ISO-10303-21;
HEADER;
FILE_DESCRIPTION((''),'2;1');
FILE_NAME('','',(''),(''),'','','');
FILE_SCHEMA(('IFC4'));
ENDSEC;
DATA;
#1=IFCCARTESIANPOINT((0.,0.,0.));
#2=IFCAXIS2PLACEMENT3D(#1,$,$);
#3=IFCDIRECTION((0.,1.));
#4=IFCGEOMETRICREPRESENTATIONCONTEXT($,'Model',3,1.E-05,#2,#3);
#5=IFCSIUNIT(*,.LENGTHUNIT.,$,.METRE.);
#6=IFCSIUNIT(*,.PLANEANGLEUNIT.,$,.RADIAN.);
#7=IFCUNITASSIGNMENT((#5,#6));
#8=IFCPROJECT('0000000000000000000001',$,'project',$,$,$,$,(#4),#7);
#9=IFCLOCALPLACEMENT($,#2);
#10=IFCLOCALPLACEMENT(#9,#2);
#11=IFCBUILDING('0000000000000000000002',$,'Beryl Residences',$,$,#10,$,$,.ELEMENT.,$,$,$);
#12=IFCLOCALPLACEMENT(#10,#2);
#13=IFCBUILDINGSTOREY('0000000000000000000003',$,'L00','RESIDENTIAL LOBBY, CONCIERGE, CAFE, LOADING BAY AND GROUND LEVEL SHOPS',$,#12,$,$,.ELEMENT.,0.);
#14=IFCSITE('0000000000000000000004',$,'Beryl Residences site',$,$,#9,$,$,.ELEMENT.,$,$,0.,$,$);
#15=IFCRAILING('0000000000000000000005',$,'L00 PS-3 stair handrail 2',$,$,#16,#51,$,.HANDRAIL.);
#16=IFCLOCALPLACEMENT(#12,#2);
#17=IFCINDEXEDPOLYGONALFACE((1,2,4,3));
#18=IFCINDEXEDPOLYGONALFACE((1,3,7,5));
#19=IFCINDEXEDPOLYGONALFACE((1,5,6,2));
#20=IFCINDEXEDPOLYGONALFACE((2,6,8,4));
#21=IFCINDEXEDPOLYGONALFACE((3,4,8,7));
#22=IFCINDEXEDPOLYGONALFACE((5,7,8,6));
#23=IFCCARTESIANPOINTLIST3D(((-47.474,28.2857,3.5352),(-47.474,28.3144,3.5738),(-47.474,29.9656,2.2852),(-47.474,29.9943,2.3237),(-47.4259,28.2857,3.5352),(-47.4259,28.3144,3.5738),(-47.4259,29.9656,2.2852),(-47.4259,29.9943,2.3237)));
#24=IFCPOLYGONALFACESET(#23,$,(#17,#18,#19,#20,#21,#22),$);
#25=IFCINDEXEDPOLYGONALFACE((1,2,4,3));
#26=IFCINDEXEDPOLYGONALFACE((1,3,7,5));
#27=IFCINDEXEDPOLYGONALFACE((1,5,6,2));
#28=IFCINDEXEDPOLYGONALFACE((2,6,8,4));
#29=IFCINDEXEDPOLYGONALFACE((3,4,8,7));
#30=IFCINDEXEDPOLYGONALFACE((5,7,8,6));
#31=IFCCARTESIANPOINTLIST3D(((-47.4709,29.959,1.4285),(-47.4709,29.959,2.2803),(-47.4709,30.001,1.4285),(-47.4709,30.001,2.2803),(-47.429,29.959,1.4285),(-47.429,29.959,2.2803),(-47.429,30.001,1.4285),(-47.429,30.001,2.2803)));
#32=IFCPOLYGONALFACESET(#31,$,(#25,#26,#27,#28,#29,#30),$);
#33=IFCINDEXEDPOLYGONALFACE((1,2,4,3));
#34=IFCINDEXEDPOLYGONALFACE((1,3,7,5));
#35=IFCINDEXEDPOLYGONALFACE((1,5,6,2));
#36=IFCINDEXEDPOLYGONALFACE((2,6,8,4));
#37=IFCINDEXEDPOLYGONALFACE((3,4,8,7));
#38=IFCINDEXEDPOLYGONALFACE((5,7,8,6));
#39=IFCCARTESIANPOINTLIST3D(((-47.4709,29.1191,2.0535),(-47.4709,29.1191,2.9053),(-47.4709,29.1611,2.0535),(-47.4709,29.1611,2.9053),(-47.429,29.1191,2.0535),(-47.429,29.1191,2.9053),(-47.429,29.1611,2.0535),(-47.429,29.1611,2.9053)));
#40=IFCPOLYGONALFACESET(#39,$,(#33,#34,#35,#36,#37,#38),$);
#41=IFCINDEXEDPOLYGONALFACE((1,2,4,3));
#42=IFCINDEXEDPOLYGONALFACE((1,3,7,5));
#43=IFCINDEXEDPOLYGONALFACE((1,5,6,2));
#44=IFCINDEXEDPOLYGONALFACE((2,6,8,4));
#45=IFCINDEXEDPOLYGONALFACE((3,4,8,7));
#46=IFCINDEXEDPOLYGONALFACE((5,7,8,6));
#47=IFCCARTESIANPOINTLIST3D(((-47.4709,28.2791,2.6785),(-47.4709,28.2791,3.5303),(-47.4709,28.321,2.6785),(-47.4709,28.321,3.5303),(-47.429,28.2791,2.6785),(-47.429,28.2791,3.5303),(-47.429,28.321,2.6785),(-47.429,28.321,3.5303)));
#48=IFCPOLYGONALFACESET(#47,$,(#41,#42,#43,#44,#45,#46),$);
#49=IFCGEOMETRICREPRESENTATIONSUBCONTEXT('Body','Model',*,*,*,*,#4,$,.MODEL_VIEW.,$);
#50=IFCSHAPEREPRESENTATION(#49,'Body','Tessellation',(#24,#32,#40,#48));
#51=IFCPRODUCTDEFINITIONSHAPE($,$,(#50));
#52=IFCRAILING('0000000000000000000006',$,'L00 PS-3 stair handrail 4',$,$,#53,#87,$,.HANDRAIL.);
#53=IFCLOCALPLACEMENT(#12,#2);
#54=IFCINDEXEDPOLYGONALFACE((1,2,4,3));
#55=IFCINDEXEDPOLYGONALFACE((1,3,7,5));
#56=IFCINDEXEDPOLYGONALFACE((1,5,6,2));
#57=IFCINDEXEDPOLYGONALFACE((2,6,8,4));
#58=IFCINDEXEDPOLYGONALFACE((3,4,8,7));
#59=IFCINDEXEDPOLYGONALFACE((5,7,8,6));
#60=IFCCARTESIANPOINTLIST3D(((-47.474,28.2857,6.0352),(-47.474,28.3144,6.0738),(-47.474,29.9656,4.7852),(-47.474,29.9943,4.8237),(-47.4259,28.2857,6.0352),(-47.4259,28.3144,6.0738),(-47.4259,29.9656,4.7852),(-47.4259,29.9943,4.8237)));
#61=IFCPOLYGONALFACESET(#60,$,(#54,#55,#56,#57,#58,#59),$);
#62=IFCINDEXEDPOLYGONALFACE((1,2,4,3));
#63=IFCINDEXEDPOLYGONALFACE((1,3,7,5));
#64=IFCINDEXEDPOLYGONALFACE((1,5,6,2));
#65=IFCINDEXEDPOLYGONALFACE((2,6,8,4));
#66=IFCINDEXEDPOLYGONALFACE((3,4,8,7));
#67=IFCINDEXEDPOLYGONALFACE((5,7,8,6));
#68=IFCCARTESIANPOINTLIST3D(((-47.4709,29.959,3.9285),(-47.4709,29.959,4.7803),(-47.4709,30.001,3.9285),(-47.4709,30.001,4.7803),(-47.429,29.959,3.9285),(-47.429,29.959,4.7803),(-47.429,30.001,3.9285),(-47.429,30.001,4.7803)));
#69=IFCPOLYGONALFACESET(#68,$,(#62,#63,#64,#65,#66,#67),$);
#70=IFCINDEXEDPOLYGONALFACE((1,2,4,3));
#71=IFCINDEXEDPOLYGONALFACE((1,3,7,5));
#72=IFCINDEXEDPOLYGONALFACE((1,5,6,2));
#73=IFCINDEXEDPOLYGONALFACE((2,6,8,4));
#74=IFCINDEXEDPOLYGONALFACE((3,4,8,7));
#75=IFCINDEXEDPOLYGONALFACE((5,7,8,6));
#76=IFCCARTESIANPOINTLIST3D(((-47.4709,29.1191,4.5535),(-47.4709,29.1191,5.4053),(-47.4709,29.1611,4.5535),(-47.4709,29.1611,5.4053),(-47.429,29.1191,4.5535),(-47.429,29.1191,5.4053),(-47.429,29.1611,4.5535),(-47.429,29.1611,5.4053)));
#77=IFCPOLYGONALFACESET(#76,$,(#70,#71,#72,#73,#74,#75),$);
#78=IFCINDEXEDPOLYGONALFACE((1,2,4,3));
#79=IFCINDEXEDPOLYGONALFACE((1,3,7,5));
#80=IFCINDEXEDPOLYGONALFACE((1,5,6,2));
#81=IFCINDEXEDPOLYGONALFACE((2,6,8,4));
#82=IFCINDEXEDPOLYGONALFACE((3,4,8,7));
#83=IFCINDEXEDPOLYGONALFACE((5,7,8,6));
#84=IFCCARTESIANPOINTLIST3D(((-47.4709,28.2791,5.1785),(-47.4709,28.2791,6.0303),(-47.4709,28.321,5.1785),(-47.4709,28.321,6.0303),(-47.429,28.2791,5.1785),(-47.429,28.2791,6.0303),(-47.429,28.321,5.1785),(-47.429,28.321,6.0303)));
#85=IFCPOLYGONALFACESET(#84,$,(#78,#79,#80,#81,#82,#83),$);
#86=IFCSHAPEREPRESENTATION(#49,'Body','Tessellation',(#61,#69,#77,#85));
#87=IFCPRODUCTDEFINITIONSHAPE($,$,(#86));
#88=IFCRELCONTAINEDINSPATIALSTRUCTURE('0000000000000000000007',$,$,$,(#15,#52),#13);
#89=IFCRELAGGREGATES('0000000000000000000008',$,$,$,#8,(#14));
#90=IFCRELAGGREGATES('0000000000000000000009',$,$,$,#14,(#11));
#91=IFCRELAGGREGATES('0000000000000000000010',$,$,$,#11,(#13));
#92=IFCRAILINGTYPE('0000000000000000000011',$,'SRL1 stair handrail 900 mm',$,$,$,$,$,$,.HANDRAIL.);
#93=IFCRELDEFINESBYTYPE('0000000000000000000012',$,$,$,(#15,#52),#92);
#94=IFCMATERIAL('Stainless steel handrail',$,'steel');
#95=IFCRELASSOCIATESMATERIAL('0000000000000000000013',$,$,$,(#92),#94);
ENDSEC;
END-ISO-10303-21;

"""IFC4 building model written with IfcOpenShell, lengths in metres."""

from ifc_helpers import new_model, si_unit, direction, frame, origin, origin_2d, place, context, subcontext, project, spatial, rectangle, extrude, material, type_object, element, save


model = new_model("IFC4")

# Units and contexts
model_context = context("Model", 3, precision=1e-05, world=origin(), true_north=direction((0.0, 1.0)))
body_context = subcontext(model_context, "Body", "Model", "MODEL_VIEW")
ifc_project = project(units=[si_unit("LENGTHUNIT", "METRE"), si_unit("PLANEANGLEUNIT", "RADIAN")], contexts=[model_context])

# Site, building, storey
site_placement = place(None, origin())
site = spatial("IfcSite", under=ifc_project, at=site_placement, Name="Beryl Residences site", CompositionType="ELEMENT", RefElevation=0.0)
building_placement = place(site_placement, origin())
building = spatial("IfcBuilding", under=site, at=building_placement, Name="Beryl Residences", CompositionType="ELEMENT")
storey_placement = place(building_placement, origin())
storey = spatial("IfcBuildingStorey", under=building, at=storey_placement, Name="L00", Description="RESIDENTIAL LOBBY, CONCIERGE, CAFE, LOADING BAY AND GROUND LEVEL SHOPS", CompositionType="ELEMENT", Elevation=0.0)

# Railings
ifc_material_1 = material(Name="Stainless steel handrail", Category="steel")
railing_type_1 = type_object("IfcRailingType", Name="SRL1 stair handrail 900 mm", PredefinedType="HANDRAIL", material=ifc_material_1)
for number, where, name in (
    (1, (-47.45, 29.98, 1.4285), "L00 PS-3 stair handrail 2"),
    (2, (-47.45, 29.98, 3.9285), "L00 PS-3 stair handrail 4"),
):
    element("IfcRailing", number, at=place(storey_placement, frame(where)), inside=storey, type_object=railing_type_1, Name=name, PredefinedType="HANDRAIL", context=body_context, shape_type="SweptSolid", body=[
        extrude(rectangle(XDim=0.0481, YDim=0.0481, at=origin_2d()), frame((0.0, 0.0, 0.876), z_axis=(0.0, -0.802275, 0.596955), x_axis=(1.0, 0.0, 0.0)), (0.0, 0.0, 1.0), 2.094),
        extrude(rectangle(XDim=0.042, YDim=0.042, at=origin_2d()), origin(), (0.0, 0.0, 1.0), 0.8518),
        extrude(rectangle(XDim=0.042, YDim=0.042, at=origin_2d()), frame((0.0, -0.8398, 0.625)), (0.0, 0.0, 1.0), 0.8518),
        extrude(rectangle(XDim=0.042, YDim=0.042, at=origin_2d()), frame((0.0, -1.6799, 1.25)), (0.0, 0.0, 1.0), 0.8518),
    ])

save(model, "model.ifc")
